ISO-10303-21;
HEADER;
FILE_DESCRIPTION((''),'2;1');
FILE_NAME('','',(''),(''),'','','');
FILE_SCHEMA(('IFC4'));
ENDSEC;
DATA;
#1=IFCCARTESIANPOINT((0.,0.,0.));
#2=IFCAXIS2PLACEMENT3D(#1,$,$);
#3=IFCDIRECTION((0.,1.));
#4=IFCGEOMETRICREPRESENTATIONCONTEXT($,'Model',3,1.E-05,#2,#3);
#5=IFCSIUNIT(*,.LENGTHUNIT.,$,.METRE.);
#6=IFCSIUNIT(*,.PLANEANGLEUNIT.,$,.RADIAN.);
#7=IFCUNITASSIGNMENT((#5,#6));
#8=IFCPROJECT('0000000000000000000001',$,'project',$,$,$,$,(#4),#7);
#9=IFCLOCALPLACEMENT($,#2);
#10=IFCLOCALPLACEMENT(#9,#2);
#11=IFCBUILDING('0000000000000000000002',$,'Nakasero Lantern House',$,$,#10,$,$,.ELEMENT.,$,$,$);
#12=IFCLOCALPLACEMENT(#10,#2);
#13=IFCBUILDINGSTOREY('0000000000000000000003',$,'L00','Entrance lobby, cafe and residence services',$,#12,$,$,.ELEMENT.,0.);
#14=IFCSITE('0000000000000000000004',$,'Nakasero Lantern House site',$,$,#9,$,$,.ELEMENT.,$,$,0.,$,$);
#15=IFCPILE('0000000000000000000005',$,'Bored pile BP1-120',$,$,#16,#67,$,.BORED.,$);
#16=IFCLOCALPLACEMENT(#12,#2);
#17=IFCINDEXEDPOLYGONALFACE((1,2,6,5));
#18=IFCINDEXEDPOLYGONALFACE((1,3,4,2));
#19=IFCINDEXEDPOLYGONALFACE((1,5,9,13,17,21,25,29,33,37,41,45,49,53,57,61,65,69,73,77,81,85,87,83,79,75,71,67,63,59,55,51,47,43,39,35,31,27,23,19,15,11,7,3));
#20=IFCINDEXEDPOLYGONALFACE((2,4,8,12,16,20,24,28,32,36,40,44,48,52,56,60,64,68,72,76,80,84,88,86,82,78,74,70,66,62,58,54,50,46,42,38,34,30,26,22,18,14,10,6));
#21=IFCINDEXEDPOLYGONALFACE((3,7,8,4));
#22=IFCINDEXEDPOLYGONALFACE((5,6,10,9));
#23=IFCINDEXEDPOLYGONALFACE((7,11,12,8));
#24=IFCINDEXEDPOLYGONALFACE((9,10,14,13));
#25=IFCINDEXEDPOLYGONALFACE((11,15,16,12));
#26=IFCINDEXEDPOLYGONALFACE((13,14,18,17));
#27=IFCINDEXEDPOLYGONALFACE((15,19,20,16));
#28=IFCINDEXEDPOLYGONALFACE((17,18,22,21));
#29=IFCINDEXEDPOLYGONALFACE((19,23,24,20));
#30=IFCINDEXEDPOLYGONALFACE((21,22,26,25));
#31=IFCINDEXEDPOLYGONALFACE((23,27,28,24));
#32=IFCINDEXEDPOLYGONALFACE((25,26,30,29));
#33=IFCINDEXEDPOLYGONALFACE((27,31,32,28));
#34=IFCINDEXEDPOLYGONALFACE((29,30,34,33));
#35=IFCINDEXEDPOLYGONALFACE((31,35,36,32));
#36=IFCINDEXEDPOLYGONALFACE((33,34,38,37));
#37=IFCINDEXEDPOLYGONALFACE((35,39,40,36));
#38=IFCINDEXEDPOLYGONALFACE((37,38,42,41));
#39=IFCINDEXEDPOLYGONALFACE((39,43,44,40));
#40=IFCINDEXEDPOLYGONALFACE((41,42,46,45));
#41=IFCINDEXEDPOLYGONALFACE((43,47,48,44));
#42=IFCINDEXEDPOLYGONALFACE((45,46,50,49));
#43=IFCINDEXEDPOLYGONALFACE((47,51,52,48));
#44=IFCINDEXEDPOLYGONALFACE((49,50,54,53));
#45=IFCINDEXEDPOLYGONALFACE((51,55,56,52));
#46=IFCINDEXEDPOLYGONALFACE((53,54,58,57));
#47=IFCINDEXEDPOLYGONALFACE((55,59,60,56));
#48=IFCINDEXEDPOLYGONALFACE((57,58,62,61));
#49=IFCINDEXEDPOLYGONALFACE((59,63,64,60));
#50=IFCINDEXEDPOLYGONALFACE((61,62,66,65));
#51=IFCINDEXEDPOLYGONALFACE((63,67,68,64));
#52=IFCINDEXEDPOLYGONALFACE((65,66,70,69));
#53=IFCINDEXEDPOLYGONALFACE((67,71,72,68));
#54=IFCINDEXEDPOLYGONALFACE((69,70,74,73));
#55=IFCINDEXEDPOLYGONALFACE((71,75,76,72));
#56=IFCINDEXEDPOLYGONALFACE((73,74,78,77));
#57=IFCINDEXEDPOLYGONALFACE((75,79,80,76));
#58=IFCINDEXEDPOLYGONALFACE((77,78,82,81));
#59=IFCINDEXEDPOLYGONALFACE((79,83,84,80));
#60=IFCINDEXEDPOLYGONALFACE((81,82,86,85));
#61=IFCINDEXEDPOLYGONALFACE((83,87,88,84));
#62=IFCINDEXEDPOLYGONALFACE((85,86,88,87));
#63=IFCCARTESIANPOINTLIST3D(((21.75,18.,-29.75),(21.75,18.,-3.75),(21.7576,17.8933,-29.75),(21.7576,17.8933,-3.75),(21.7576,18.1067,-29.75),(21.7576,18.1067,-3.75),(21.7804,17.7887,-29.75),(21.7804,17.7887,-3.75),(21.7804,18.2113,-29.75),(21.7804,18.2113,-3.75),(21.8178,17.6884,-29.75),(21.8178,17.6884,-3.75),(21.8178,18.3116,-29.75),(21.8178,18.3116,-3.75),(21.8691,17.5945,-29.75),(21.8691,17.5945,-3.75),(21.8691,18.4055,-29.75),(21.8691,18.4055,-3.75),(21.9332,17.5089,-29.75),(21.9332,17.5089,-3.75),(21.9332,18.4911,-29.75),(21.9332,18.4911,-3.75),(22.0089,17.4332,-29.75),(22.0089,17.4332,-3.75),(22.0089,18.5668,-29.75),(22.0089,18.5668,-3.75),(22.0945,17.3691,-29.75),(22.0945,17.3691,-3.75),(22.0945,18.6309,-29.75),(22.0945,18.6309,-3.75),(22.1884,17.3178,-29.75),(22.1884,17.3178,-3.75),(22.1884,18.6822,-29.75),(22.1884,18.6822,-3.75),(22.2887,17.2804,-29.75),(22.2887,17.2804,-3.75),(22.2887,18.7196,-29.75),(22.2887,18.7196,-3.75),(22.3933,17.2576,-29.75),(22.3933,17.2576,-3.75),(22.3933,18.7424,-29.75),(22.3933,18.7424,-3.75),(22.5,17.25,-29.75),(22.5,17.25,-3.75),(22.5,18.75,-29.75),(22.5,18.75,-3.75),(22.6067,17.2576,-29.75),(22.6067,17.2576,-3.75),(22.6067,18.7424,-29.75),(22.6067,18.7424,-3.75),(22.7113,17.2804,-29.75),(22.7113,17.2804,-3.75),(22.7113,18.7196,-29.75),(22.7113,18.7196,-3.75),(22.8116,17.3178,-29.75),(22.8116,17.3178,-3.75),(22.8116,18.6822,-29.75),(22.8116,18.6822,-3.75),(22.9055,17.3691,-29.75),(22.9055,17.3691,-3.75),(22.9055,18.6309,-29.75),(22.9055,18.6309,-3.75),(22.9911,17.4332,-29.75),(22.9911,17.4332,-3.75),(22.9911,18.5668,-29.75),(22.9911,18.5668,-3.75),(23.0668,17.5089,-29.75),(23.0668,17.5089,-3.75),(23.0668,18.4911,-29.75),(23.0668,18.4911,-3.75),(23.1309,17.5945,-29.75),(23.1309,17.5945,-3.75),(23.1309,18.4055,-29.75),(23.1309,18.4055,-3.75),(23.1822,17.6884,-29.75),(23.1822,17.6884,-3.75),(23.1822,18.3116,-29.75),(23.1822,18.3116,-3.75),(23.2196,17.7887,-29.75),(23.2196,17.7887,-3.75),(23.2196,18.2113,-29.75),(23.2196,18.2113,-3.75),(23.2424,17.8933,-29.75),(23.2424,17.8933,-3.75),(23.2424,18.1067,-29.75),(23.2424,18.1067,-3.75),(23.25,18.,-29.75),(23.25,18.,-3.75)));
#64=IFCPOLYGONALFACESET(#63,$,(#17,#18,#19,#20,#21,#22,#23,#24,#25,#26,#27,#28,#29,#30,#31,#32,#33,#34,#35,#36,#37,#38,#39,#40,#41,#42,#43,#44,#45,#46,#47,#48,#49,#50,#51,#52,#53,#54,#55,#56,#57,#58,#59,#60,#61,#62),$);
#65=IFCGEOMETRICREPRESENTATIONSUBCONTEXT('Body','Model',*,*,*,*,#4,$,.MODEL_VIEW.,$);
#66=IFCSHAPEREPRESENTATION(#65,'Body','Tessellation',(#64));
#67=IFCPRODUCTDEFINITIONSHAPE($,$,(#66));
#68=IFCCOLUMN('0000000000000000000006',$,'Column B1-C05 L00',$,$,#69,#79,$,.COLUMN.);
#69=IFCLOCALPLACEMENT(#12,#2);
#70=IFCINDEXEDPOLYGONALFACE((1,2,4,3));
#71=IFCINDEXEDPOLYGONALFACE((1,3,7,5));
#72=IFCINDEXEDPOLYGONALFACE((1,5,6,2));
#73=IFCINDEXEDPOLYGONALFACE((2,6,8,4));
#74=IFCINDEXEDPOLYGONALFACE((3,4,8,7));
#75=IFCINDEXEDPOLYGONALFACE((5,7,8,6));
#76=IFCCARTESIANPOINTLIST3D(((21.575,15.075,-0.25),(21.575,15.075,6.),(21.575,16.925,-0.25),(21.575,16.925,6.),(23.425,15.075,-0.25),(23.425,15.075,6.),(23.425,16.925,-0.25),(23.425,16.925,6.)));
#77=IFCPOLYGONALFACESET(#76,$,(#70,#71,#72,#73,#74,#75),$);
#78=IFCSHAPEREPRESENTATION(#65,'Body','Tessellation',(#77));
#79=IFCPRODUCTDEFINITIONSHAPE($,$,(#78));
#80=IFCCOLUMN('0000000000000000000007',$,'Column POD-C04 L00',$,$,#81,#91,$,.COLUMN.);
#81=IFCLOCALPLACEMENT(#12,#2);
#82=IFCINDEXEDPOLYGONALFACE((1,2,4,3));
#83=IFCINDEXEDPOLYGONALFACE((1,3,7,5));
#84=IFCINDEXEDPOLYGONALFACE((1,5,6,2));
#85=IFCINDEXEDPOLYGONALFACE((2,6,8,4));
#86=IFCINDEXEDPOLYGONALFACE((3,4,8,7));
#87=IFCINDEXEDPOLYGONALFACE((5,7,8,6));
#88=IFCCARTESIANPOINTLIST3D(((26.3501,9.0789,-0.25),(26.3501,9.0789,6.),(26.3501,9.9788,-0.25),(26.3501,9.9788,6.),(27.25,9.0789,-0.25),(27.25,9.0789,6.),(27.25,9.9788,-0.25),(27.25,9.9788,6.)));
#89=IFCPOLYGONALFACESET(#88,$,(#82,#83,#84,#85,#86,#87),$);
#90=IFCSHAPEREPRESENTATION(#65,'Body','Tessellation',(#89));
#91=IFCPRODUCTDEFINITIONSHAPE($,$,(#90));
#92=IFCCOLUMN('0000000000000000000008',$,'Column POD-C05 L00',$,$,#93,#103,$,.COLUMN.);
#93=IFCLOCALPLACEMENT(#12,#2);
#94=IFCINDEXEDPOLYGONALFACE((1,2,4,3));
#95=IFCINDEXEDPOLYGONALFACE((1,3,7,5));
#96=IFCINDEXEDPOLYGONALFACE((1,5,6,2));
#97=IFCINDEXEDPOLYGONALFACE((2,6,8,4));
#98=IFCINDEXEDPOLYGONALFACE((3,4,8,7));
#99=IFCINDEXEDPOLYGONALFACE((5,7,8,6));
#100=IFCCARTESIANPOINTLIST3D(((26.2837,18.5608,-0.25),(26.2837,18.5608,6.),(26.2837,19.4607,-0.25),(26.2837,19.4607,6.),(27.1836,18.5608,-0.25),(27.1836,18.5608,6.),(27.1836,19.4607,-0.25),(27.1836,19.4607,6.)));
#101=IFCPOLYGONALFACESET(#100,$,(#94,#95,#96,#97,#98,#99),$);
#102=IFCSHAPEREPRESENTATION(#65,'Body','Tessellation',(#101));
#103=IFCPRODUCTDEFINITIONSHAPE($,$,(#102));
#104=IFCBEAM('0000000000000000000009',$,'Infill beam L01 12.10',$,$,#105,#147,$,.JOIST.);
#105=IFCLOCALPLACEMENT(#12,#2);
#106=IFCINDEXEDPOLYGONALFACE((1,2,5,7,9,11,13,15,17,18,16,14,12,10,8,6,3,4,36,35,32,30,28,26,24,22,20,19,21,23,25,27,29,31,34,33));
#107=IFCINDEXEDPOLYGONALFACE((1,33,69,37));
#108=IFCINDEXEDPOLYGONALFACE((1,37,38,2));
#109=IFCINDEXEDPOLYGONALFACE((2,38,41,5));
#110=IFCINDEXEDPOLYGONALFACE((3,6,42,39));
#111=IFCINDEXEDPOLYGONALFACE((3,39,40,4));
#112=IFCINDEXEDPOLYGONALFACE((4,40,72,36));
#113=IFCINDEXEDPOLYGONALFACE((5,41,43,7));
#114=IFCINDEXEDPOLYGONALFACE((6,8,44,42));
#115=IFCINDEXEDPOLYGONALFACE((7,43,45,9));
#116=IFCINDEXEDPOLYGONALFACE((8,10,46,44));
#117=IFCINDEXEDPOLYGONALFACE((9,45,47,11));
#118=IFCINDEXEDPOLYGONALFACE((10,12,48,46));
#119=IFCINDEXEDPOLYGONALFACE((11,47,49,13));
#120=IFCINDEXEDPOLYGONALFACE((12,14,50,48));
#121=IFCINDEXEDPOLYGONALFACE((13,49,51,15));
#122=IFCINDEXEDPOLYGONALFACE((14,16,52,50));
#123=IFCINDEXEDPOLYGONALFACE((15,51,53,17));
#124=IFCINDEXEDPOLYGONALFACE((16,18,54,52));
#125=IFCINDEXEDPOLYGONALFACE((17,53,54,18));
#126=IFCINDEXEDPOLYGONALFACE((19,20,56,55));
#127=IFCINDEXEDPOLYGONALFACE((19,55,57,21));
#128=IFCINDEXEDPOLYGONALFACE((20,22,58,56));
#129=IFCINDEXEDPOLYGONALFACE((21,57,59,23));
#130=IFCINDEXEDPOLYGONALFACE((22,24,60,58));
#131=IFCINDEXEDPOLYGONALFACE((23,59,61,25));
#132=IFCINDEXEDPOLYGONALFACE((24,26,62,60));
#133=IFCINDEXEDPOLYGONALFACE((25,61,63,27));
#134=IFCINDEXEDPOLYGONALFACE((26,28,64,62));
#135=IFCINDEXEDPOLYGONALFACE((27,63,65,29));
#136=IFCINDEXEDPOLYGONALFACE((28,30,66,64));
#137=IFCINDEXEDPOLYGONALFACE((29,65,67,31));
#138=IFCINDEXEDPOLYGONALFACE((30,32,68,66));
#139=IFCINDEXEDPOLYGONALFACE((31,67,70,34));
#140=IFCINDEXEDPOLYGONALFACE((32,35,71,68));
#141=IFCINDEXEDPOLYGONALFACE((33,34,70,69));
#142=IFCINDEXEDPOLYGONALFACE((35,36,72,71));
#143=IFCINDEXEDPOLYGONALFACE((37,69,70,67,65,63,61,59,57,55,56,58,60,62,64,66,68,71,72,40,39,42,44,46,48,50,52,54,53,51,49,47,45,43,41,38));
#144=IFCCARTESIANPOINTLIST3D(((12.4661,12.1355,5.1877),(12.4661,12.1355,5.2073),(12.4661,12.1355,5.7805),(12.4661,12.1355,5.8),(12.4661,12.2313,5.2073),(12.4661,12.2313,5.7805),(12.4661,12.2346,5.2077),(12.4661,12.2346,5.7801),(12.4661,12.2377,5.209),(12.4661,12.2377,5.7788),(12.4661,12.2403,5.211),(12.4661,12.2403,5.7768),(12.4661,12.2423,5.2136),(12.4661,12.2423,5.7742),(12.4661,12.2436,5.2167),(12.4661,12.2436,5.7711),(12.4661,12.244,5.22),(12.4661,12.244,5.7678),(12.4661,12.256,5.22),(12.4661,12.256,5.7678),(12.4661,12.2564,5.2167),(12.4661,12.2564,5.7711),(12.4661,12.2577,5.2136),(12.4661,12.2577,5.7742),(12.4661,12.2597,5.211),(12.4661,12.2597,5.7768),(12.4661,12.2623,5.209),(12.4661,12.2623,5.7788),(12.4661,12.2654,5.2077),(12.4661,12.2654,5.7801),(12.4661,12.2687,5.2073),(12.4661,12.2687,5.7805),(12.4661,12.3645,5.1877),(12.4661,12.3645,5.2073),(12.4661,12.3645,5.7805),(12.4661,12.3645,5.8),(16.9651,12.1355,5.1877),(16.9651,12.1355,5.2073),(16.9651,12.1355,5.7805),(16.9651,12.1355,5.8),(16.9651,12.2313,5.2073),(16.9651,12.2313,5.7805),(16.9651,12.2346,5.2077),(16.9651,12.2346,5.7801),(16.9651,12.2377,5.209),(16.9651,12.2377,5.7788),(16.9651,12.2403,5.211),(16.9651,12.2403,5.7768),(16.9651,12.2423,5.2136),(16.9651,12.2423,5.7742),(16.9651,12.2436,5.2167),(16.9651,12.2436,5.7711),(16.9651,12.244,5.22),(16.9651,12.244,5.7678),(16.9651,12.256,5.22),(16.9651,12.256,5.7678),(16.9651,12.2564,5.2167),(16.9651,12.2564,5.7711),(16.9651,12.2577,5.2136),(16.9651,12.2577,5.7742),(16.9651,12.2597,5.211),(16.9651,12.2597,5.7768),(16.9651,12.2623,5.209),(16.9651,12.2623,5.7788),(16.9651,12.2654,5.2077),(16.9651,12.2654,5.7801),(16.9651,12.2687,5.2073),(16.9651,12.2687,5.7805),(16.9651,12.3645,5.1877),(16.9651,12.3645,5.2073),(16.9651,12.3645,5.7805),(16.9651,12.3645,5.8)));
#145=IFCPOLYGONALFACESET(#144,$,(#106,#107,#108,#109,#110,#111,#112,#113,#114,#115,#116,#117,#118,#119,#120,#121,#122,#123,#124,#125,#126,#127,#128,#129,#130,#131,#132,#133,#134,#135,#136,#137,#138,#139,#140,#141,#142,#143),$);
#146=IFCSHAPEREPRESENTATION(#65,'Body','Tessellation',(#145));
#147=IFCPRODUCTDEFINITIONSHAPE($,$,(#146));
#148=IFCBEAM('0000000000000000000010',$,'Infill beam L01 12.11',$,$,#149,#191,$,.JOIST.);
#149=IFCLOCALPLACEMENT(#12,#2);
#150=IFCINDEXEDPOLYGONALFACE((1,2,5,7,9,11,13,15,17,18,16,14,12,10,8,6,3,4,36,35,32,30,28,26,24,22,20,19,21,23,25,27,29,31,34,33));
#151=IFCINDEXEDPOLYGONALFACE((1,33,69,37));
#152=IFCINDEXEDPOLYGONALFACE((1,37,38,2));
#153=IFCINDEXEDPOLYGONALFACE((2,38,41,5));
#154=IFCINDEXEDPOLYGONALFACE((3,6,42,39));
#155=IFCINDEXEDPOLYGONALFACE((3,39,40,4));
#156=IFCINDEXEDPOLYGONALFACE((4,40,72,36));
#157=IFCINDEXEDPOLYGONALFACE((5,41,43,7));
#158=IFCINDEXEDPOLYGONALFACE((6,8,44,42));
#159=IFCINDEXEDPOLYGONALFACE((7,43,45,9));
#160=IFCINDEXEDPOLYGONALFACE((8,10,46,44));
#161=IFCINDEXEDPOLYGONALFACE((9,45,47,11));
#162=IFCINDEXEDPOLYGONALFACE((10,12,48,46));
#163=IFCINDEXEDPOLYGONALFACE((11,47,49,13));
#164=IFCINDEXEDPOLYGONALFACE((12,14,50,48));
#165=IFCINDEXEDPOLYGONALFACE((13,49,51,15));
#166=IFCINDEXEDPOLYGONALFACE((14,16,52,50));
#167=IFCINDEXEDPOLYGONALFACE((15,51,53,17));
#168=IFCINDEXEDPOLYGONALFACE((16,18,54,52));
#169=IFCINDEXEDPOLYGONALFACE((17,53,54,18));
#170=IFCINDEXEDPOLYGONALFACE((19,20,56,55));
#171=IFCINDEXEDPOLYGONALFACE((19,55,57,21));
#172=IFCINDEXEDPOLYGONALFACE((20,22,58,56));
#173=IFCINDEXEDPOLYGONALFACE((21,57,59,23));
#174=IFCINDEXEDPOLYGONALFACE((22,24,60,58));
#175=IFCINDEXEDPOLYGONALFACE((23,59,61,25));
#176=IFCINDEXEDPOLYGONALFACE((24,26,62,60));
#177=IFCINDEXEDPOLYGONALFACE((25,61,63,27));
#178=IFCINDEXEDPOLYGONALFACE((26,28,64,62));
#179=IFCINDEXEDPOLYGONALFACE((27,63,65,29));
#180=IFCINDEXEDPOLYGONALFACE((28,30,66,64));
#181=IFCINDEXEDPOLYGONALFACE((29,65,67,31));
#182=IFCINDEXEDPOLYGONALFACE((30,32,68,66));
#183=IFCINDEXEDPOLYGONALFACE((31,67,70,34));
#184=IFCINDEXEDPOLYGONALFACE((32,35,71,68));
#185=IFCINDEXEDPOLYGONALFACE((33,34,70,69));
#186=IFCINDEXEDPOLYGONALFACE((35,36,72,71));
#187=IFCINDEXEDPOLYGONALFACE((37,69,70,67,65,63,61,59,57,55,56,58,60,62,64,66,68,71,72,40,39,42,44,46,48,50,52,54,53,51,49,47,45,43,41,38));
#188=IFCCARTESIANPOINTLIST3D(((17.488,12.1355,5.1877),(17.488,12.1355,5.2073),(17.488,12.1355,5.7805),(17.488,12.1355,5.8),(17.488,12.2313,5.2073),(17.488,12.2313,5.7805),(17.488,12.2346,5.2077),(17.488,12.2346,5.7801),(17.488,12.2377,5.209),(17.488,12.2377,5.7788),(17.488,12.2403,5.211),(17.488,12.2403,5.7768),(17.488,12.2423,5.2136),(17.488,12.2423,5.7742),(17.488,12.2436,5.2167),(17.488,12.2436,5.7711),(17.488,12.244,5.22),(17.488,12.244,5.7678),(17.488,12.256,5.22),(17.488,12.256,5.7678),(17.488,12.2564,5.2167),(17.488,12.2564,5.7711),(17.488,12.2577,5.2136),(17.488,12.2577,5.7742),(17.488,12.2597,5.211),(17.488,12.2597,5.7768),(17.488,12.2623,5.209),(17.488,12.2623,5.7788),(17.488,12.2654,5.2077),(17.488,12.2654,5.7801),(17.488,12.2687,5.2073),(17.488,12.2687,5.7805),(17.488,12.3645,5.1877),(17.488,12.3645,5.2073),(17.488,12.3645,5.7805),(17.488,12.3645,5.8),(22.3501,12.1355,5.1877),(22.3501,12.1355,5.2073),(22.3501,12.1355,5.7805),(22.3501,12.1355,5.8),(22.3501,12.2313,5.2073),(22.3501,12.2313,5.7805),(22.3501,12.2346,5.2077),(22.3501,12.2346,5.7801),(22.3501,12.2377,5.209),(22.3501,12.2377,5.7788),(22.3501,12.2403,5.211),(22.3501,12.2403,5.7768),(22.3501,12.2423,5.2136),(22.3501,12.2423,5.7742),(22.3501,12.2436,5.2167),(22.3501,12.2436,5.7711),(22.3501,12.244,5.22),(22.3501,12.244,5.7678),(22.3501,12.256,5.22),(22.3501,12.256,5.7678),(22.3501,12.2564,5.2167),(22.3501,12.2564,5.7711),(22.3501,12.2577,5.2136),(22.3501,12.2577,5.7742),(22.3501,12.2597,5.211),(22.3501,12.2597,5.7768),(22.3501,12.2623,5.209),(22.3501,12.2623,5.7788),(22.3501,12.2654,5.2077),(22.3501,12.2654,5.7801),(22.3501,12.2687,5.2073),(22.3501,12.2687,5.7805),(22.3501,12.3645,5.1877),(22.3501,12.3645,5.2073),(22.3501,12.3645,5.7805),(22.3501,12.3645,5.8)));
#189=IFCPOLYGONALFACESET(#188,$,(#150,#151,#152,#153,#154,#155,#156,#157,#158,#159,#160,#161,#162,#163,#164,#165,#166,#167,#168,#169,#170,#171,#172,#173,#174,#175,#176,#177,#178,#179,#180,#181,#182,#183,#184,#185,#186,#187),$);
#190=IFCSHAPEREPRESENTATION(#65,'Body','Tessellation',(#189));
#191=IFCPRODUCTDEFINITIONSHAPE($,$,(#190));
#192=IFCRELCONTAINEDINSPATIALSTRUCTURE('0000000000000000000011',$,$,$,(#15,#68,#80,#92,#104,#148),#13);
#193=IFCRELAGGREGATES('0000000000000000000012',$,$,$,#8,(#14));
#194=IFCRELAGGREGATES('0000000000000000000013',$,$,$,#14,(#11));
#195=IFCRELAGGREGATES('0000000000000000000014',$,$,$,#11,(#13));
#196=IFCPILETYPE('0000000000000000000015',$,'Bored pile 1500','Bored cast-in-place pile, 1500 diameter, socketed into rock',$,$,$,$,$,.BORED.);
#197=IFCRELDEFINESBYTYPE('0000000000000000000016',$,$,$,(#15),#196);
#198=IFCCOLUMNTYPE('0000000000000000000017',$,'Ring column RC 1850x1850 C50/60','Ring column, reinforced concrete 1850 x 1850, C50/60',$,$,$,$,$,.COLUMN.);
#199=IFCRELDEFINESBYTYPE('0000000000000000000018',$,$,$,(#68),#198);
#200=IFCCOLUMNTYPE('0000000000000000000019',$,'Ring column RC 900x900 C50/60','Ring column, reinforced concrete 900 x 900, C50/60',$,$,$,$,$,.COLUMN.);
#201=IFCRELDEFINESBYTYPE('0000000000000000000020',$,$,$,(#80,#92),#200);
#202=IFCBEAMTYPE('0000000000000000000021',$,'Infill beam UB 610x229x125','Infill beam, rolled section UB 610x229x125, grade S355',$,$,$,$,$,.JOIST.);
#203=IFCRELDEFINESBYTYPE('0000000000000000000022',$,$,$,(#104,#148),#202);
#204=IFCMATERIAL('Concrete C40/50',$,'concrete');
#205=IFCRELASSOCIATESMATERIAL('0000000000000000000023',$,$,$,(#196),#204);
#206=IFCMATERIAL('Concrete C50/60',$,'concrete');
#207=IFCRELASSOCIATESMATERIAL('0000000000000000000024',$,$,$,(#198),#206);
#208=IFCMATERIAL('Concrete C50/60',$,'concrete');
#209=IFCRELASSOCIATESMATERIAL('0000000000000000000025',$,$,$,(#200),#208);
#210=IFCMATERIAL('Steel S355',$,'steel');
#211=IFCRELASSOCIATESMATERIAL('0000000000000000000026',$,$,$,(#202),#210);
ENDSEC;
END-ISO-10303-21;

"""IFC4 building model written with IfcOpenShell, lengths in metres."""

from ifc_helpers import new_model, si_unit, direction, frame, origin, origin_2d, place, context, subcontext, project, spatial, rectangle, circle, i_section, extrude, material, material_profile, profile_set, type_object, element, save


model = new_model("IFC4")

# Units and contexts
model_context = context("Model", 3, precision=1e-05, world=origin(), true_north=direction((0.0, 1.0)))
body_context = subcontext(model_context, "Body", "Model", "MODEL_VIEW")
ifc_project = project(units=[si_unit("LENGTHUNIT", "METRE"), si_unit("PLANEANGLEUNIT", "RADIAN")], contexts=[model_context])

# Site, building, storey
site_placement = place(None, origin())
site = spatial("IfcSite", under=ifc_project, at=site_placement, Name="Nakasero Lantern House site", CompositionType="ELEMENT", RefElevation=0.0)
building_placement = place(site_placement, origin())
building = spatial("IfcBuilding", under=site, at=building_placement, Name="Nakasero Lantern House", CompositionType="ELEMENT")
storey_placement = place(building_placement, origin())
storey = spatial("IfcBuildingStorey", under=building, at=storey_placement, Name="L00", Description="Entrance lobby, cafe and residence services", CompositionType="ELEMENT", Elevation=0.0)

# Pile
ifc_material_1 = material(Name="Concrete C40/50", Category="concrete")
pile_type = type_object("IfcPileType", Name="Bored pile 1500", Description="Bored cast-in-place pile, 1500 diameter, socketed into rock", PredefinedType="BORED", material=ifc_material_1)
for number, where, z_axis, x_axis, name in (
    (1, (22.5, 18.0, -3.75), (0.0, 0.0, -1.0), (1.0, 0.0, 0.0), "Bored pile BP1-120"),
):
    element("IfcPile", number, at=place(storey_placement, frame(where, z_axis=z_axis, x_axis=x_axis)), inside=storey, type_object=pile_type, Name=name, PredefinedType="BORED", context=body_context, shape_type="SweptSolid", body=[
        extrude(circle(Radius=0.75, at=origin_2d()), origin(), (0.0, 0.0, 1.0), 26.0),
    ])

# Columns
ifc_material_2 = material(Name="Concrete C50/60", Category="concrete")
ifc_material_profile_1 = material_profile(ifc_material_2, rectangle(XDim=1.8501, YDim=1.8501, at=origin_2d()), Name="RC 1850x1850")
ifc_profile_set_1 = profile_set([ifc_material_profile_1], Name="Concrete C50/60")
column_type_1 = type_object("IfcColumnType", Name="Ring column RC 1850x1850 C50/60", Description="Ring column, reinforced concrete 1850 x 1850, C50/60", PredefinedType="COLUMN", material=ifc_profile_set_1)
column_placement = place(storey_placement, frame((22.5, 16.0, -0.25), z_axis=(0.0, 0.0, 1.0), x_axis=(1.0, 0.0, 0.0)))
element("IfcColumn", 2, at=column_placement, inside=storey, type_object=column_type_1, Name="Column B1-C05 L00", PredefinedType="COLUMN", context=body_context, shape_type="SweptSolid", body=[
    extrude(rectangle(XDim=1.8501, YDim=1.8501, at=origin_2d()), origin(), (0.0, 0.0, 1.0), 6.25),
])
ifc_material_3 = material(Name="Concrete C50/60", Category="concrete")
ifc_material_profile_2 = material_profile(ifc_material_3, rectangle(XDim=0.8999, YDim=0.8999, at=origin_2d()), Name="RC 900x900")
ifc_profile_set_2 = profile_set([ifc_material_profile_2], Name="Concrete C50/60")
column_type_2 = type_object("IfcColumnType", Name="Ring column RC 900x900 C50/60", Description="Ring column, reinforced concrete 900 x 900, C50/60", PredefinedType="COLUMN", material=ifc_profile_set_2)
for number, where, z_axis, x_axis, name in (
    (3, (26.8, 9.5288, -0.25), (0.0, 0.0, 1.0), (1.0, 0.0, 0.0), "Column POD-C04 L00"),
    (4, (26.7336, 19.0107, -0.25), (0.0, 0.0, 1.0), (1.0, 0.0, 0.0), "Column POD-C05 L00"),
):
    element("IfcColumn", number, at=place(storey_placement, frame(where, z_axis=z_axis, x_axis=x_axis)), inside=storey, type_object=column_type_2, Name=name, PredefinedType="COLUMN", context=body_context, shape_type="SweptSolid", body=[
        extrude(rectangle(XDim=0.8999, YDim=0.8999, at=origin_2d()), origin(), (0.0, 0.0, 1.0), 6.25),
    ])

# Beams
ifc_material_4 = material(Name="Steel S355", Category="steel")
ifc_material_profile_3 = material_profile(ifc_material_4, i_section(OverallWidth=0.229, OverallDepth=0.6123, WebThickness=0.012, FlangeThickness=0.0195, FilletRadius=0.0127, at=origin_2d()), Name="UB 610x229x125")
ifc_profile_set_3 = profile_set([ifc_material_profile_3], Name="Steel S355")
beam_type_1 = type_object("IfcBeamType", Name="Infill beam UB 610x229x125", Description="Infill beam, rolled section UB 610x229x125, grade S355", PredefinedType="JOIST", material=ifc_profile_set_3)
beam_1_placement = place(storey_placement, frame((12.4661, 12.25, 5.4939), z_axis=(1.0, 0.0, 0.0), x_axis=(0.0, 1.0, 0.0)))
element("IfcBeam", 5, at=beam_1_placement, inside=storey, type_object=beam_type_1, Name="Infill beam L01 12.10", PredefinedType="JOIST", context=body_context, shape_type="SweptSolid", body=[
    extrude(i_section(OverallWidth=0.229, OverallDepth=0.6123, WebThickness=0.012, FlangeThickness=0.0195, FilletRadius=0.0127, at=origin_2d()), origin(), (0.0, 0.0, 1.0), 4.499),
])
beam_2_placement = place(storey_placement, frame((17.488, 12.25, 5.4939), z_axis=(1.0, 0.0, 0.0), x_axis=(0.0, 1.0, 0.0)))
element("IfcBeam", 6, at=beam_2_placement, inside=storey, type_object=beam_type_1, Name="Infill beam L01 12.11", PredefinedType="JOIST", context=body_context, shape_type="SweptSolid", body=[
    extrude(i_section(OverallWidth=0.229, OverallDepth=0.6123, WebThickness=0.012, FlangeThickness=0.0195, FilletRadius=0.0127, at=origin_2d()), origin(), (0.0, 0.0, 1.0), 4.8621),
])

save(model, "model.ifc")
